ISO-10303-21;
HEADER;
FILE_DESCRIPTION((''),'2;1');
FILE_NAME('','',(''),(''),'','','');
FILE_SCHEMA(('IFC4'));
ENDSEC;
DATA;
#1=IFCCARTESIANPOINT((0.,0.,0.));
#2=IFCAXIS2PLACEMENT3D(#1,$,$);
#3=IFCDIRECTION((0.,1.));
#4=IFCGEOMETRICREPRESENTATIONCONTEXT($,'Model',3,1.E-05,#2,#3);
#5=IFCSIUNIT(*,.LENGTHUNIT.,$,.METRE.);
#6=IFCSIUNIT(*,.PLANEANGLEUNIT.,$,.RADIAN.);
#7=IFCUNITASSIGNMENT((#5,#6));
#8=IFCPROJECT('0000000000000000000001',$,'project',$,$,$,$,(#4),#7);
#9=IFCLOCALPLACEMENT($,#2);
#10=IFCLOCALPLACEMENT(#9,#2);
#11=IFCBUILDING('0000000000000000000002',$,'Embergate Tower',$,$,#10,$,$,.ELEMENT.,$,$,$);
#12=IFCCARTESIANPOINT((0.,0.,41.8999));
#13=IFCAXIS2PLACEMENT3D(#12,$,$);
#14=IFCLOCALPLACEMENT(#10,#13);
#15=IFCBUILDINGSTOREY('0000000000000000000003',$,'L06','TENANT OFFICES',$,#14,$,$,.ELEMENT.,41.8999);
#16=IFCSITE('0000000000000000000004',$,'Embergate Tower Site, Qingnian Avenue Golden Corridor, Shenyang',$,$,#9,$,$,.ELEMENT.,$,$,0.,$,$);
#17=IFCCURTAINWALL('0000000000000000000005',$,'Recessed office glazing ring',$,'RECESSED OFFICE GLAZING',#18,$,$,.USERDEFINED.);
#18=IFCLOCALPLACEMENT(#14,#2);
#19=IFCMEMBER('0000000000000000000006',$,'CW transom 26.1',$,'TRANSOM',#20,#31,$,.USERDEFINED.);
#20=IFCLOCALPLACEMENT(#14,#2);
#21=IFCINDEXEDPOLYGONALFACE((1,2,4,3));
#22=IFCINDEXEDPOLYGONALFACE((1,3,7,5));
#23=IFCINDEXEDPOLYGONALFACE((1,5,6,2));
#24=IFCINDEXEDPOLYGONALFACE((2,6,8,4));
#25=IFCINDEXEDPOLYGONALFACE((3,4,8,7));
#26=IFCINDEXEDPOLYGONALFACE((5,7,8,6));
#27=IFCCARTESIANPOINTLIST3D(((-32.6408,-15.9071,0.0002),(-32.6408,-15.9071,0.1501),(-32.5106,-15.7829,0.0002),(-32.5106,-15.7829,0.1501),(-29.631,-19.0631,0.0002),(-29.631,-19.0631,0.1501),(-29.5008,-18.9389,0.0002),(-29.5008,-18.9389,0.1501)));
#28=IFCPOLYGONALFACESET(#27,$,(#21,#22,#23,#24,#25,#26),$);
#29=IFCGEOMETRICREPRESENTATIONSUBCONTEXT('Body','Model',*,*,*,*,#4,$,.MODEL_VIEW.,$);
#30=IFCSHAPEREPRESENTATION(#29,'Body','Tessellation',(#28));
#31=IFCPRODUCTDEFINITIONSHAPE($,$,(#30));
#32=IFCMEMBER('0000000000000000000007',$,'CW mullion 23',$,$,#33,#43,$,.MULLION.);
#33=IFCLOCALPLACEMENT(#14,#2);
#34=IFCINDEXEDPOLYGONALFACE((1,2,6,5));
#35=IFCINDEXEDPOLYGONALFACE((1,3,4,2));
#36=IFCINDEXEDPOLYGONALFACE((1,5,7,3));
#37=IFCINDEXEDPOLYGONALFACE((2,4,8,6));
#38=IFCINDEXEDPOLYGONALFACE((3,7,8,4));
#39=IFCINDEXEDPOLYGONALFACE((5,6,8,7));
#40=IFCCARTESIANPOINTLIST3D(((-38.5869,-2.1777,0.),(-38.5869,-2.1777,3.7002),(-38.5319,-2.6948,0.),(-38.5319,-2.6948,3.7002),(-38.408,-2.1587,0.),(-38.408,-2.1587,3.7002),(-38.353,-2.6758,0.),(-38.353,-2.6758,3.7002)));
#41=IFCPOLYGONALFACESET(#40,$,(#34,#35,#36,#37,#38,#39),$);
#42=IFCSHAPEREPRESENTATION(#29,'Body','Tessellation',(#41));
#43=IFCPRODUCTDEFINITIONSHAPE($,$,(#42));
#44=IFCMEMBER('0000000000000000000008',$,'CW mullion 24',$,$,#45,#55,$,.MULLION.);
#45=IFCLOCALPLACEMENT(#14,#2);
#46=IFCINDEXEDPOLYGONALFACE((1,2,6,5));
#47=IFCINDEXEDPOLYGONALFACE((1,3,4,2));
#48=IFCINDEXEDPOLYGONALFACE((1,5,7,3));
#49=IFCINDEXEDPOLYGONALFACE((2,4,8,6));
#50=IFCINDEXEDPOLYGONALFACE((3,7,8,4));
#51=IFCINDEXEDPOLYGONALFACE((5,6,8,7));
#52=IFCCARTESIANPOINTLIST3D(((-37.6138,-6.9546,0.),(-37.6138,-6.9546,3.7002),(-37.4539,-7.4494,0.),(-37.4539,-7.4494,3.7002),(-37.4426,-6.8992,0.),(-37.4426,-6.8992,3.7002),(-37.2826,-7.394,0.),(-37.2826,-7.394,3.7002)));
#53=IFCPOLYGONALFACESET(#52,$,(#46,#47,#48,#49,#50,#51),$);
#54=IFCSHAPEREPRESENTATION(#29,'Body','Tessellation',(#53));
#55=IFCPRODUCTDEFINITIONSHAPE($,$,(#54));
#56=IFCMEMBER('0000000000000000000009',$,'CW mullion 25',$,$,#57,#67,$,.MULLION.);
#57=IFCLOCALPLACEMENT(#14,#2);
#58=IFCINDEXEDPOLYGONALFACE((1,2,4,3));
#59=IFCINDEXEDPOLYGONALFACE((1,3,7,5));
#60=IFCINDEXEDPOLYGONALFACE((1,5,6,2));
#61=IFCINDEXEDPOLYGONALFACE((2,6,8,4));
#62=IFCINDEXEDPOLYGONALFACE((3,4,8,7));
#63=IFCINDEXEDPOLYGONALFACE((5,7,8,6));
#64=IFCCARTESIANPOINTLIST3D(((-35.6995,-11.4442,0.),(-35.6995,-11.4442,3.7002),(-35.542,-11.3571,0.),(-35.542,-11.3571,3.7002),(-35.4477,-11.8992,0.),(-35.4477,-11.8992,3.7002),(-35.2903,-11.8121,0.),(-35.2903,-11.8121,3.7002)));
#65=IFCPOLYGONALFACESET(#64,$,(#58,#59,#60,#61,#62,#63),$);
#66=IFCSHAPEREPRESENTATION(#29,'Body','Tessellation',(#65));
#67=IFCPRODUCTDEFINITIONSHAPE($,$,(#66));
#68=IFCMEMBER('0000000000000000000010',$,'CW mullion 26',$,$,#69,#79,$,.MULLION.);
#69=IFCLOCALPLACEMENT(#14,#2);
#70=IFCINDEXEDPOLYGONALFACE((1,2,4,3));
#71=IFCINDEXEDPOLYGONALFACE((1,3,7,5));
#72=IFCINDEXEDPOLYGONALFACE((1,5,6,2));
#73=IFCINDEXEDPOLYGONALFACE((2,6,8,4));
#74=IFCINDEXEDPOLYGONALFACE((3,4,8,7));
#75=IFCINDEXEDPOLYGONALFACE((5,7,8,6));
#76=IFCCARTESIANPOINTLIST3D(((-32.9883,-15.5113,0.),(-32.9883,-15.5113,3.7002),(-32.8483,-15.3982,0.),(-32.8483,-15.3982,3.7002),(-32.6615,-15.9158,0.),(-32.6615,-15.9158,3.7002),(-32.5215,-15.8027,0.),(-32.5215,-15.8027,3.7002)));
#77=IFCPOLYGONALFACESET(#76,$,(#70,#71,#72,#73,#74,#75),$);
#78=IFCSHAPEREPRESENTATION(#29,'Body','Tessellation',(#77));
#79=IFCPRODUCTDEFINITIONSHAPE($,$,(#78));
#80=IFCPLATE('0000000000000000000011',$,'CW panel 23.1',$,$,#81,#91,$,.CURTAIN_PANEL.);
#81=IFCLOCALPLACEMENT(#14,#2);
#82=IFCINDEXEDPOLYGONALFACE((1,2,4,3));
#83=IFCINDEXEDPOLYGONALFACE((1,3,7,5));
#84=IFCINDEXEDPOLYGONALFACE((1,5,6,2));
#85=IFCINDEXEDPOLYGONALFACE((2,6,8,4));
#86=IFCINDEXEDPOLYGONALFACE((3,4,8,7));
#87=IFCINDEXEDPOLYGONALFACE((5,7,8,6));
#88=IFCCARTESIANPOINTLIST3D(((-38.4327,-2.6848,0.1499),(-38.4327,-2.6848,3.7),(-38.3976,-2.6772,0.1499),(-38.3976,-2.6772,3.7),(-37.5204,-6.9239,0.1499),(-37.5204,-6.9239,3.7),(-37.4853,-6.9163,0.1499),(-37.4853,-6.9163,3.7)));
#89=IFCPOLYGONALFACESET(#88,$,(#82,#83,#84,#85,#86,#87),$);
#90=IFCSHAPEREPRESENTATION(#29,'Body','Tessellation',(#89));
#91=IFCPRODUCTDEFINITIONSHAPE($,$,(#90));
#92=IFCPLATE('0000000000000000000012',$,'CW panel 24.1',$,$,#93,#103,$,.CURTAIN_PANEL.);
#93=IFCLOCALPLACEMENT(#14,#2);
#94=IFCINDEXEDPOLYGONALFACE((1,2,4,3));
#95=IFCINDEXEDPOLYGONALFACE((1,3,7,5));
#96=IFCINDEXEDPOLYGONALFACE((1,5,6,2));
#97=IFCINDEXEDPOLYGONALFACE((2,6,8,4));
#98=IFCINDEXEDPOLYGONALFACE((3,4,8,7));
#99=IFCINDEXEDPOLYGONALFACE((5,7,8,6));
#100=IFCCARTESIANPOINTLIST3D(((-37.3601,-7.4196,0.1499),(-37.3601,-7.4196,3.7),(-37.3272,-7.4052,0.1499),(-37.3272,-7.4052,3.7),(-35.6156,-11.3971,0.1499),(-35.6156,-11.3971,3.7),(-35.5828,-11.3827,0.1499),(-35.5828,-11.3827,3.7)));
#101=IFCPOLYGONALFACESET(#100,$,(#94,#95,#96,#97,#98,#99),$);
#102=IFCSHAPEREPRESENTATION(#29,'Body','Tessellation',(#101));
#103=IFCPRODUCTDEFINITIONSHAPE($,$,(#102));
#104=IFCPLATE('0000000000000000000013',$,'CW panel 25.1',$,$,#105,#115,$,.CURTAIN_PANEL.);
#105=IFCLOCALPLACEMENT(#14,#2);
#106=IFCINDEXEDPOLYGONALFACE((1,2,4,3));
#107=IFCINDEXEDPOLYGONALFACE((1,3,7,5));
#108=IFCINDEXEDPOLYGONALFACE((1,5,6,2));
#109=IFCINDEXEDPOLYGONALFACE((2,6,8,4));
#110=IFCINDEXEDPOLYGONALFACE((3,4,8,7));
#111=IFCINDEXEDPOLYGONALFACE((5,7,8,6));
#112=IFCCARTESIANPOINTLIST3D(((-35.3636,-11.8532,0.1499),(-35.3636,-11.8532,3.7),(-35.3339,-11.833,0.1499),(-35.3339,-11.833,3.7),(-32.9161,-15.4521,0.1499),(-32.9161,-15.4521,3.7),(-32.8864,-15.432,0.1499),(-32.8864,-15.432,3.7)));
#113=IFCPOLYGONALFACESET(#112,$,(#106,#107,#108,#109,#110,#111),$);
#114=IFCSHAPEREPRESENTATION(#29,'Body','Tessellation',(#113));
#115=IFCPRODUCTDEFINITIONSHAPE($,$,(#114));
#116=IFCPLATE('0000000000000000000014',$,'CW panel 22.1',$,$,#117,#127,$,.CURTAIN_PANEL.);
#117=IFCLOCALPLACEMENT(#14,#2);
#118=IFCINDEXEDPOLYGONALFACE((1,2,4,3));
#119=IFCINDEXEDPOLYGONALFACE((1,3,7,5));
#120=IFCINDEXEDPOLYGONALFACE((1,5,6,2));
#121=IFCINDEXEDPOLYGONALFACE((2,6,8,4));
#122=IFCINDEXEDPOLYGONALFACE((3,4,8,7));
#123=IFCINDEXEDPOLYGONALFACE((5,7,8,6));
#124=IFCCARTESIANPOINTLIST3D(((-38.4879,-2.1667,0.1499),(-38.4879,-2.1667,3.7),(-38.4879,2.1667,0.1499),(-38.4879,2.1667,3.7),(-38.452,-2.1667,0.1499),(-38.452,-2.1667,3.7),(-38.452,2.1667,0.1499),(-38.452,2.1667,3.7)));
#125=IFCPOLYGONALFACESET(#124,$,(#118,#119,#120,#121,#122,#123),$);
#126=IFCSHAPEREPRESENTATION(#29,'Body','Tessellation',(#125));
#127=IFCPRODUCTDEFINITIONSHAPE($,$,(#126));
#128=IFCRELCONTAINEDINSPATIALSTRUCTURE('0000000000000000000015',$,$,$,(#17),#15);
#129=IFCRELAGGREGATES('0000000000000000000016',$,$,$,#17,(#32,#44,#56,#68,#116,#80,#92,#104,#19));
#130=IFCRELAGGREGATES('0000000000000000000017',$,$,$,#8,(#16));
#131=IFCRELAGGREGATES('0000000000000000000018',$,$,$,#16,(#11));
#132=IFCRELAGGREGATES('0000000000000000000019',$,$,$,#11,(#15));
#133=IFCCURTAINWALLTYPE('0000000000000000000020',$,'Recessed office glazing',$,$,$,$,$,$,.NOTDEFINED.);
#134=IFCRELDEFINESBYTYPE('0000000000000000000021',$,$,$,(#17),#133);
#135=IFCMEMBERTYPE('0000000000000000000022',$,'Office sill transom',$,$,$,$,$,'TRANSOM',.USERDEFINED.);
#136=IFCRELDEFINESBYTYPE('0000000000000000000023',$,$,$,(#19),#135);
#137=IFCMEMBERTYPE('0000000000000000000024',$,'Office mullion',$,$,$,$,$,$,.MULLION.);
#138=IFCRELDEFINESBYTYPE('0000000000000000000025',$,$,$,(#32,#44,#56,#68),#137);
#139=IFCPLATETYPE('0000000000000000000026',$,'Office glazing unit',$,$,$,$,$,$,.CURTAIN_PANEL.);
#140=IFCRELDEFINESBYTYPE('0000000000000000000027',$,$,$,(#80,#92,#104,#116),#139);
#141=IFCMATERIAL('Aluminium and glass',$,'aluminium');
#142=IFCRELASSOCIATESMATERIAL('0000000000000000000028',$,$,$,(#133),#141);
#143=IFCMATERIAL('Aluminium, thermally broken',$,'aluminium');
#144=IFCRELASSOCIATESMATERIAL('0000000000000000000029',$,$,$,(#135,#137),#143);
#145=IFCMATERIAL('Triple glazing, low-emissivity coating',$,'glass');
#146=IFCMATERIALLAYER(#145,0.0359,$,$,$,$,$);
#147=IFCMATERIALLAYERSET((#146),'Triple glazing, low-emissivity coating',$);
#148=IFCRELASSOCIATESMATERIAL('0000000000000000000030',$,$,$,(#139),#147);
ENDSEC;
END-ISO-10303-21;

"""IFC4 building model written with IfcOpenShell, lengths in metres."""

from ifc_helpers import new_model, si_unit, direction, frame, origin, origin_2d, place, context, subcontext, project, spatial, rectangle, extrude, source, transform, mapped, material, layer, layer_set, material_profile, profile_set, type_object, element, aggregate, save


model = new_model("IFC4")

# Units and contexts
model_context = context("Model", 3, precision=1e-05, world=origin(), true_north=direction((0.0, 1.0)))
body_context = subcontext(model_context, "Body", "Model", "MODEL_VIEW")
ifc_project = project(units=[si_unit("LENGTHUNIT", "METRE"), si_unit("PLANEANGLEUNIT", "RADIAN")], contexts=[model_context])

# Site, building, storey
site_placement = place(None, origin())
site = spatial("IfcSite", under=ifc_project, at=site_placement, Name="Embergate Tower Site, Qingnian Avenue Golden Corridor, Shenyang", CompositionType="ELEMENT", RefElevation=0.0)
building_placement = place(site_placement, origin())
building = spatial("IfcBuilding", under=site, at=building_placement, Name="Embergate Tower", CompositionType="ELEMENT")
storey_placement = place(building_placement, frame((0.0, 0.0, 41.8999)))
storey = spatial("IfcBuildingStorey", under=building, at=storey_placement, Name="L06", Description="TENANT OFFICES", CompositionType="ELEMENT", Elevation=41.8999)

# Curtain wall, members, plates
ifc_material_1 = material(Name="Aluminium and glass", Category="aluminium")
curtain_wall_type = type_object("IfcCurtainWallType", Name="Recessed office glazing", PredefinedType="NOTDEFINED", material=ifc_material_1)
curtain_wall_placement = place(storey_placement, origin())
curtain_wall = element("IfcCurtainWall", 1, at=curtain_wall_placement, inside=storey, type_object=curtain_wall_type, Name="Recessed office glazing ring", ObjectType="RECESSED OFFICE GLAZING", PredefinedType="USERDEFINED")
ifc_material_2 = material(Name="Aluminium, thermally broken", Category="aluminium")
ifc_material_profile_1 = material_profile(ifc_material_2, rectangle(XDim=0.1799, YDim=0.1499, at=origin_2d()), Name="AL 150x180")
ifc_profile_set_1 = profile_set([ifc_material_profile_1], Name="Aluminium, thermally broken")
member_type_1 = type_object("IfcMemberType", Name="Office sill transom", ElementType="TRANSOM", PredefinedType="USERDEFINED", material=ifc_profile_set_1)
shared_shape_1 = source(origin(), body_context, "Body", "SweptSolid", [
    extrude(rectangle(XDim=0.1799, YDim=0.1499, at=origin_2d()), origin(), (0.0, 0.0, 1.0), 4.3611),
])
member_1_placement = place(storey_placement, frame((-32.5757, -15.845, 0.0752), z_axis=(0.690141, -0.723674, 0.0), x_axis=(0.723674, 0.690141, 0.0)))
member_1 = element("IfcMember", 2, at=member_1_placement, type_object=member_type_1, Name="CW transom 26.1", ObjectType="TRANSOM", PredefinedType="USERDEFINED", context=body_context, shape_type="MappedRepresentation", body=[
    mapped(shared_shape_1, transform((0.0, 0.0, 0.0))),
])
ifc_material_profile_2 = material_profile(ifc_material_2, rectangle(XDim=0.1799, YDim=0.52, at=origin_2d()), Name="AL 520x180")
ifc_profile_set_2 = profile_set([ifc_material_profile_2], Name="Aluminium, thermally broken")
member_type_2 = type_object("IfcMemberType", Name="Office mullion", PredefinedType="MULLION", material=ifc_profile_set_2)
shared_shape_2 = source(origin(), body_context, "Body", "SweptSolid", [
    extrude(rectangle(XDim=0.1799, YDim=0.52, at=origin_2d()), origin(), (0.0, 0.0, 1.0), 3.7002),
])
member_2_placement = place(storey_placement, frame((-38.47, -2.4268, 0.0), z_axis=(0.0, 0.0, 1.0), x_axis=(0.994385, 0.105823, 0.0)))
member_2 = element("IfcMember", 3, at=member_2_placement, type_object=member_type_2, Name="CW mullion 23", PredefinedType="MULLION", context=body_context, shape_type="MappedRepresentation", body=[
    mapped(shared_shape_2, transform((0.0, 0.0, 0.0))),
])
member_3_placement = place(storey_placement, frame((-37.4482, -7.1743, 0.0), z_axis=(0.0, 0.0, 1.0), x_axis=(0.951499, 0.307652, 0.0)))
member_3 = element("IfcMember", 4, at=member_3_placement, type_object=member_type_2, Name="CW mullion 24", PredefinedType="MULLION", context=body_context, shape_type="MappedRepresentation", body=[
    mapped(shared_shape_2, transform((0.0, 0.0, 0.0))),
])
member_4_placement = place(storey_placement, frame((-35.4949, -11.6282, 0.0), z_axis=(0.0, 0.0, 1.0), x_axis=(0.875003, 0.484118, 0.0)))
member_4 = element("IfcMember", 5, at=member_4_placement, type_object=member_type_2, Name="CW mullion 25", PredefinedType="MULLION", context=body_context, shape_type="MappedRepresentation", body=[
    mapped(shared_shape_2, transform((0.0, 0.0, 0.0))),
])
member_5_placement = place(storey_placement, frame((-32.7549, -15.657, 0.0), z_axis=(0.0, 0.0, 1.0), x_axis=(0.777874, 0.628421, 0.0)))
member_5 = element("IfcMember", 6, at=member_5_placement, type_object=member_type_2, Name="CW mullion 26", PredefinedType="MULLION", context=body_context, shape_type="MappedRepresentation", body=[
    mapped(shared_shape_2, transform((0.0, 0.0, 0.0))),
])
ifc_material_3 = material(Name="Triple glazing, low-emissivity coating", Category="glass")
ifc_layer_1 = layer(ifc_material_3, 0.0359)
ifc_layer_set_1 = layer_set([ifc_layer_1], Name="Triple glazing, low-emissivity coating")
plate_type = type_object("IfcPlateType", Name="Office glazing unit", PredefinedType="CURTAIN_PANEL", material=ifc_layer_set_1)
shared_shape_3 = source(origin(), body_context, "Body", "SweptSolid", [
    extrude(rectangle(XDim=4.3362, YDim=0.0359, at=origin_2d()), origin(), (0.0, 0.0, 1.0), 3.55),
])
plate_1_placement = place(storey_placement, frame((-37.959, -4.8005, 0.1499), z_axis=(0.0, 0.0, 1.0), x_axis=(0.210398, -0.977616, 0.0)))
plate_1 = element("IfcPlate", 7, at=plate_1_placement, type_object=plate_type, Name="CW panel 23.1", PredefinedType="CURTAIN_PANEL", context=body_context, shape_type="MappedRepresentation", body=[
    mapped(shared_shape_3, transform((0.0, 0.0, 0.0))),
])
shared_shape_4 = source(origin(), body_context, "Body", "SweptSolid", [
    extrude(rectangle(XDim=4.3433, YDim=0.0359, at=origin_2d()), origin(), (0.0, 0.0, 1.0), 3.55),
])
plate_2_placement = place(storey_placement, frame((-36.4714, -9.4011, 0.1499), z_axis=(0.0, 0.0, 1.0), x_axis=(0.401654, -0.915792, 0.0)))
plate_2 = element("IfcPlate", 8, at=plate_2_placement, type_object=plate_type, Name="CW panel 24.1", PredefinedType="CURTAIN_PANEL", context=body_context, shape_type="MappedRepresentation", body=[
    mapped(shared_shape_4, transform((0.0, 0.0, 0.0))),
])
shared_shape_5 = source(origin(), body_context, "Body", "SweptSolid", [
    extrude(rectangle(XDim=4.3523, YDim=0.0359, at=origin_2d()), origin(), (0.0, 0.0, 1.0), 3.55),
])
plate_3_placement = place(storey_placement, frame((-34.125, -13.6426, 0.1499), z_axis=(0.0, 0.0, 1.0), x_axis=(0.562345, -0.826903, 0.0)))
plate_3 = element("IfcPlate", 9, at=plate_3_placement, type_object=plate_type, Name="CW panel 25.1", PredefinedType="CURTAIN_PANEL", context=body_context, shape_type="MappedRepresentation", body=[
    mapped(shared_shape_5, transform((0.0, 0.0, 0.0))),
])
shared_shape_6 = source(origin(), body_context, "Body", "SweptSolid", [
    extrude(rectangle(XDim=4.3335, YDim=0.0359, at=origin_2d()), origin(), (0.0, 0.0, 1.0), 3.55),
])
plate_4_placement = place(storey_placement, frame((-38.47, 0.0, 0.1499), z_axis=(0.0, 0.0, 1.0), x_axis=(0.0, -1.0, 0.0)))
plate_4 = element("IfcPlate", 10, at=plate_4_placement, type_object=plate_type, Name="CW panel 22.1", PredefinedType="CURTAIN_PANEL", context=body_context, shape_type="MappedRepresentation", body=[
    mapped(shared_shape_6, transform((0.0, 0.0, 0.0))),
])
aggregate(curtain_wall, [member_2, member_3, member_4, member_5, plate_4, plate_1, plate_2, plate_3, member_1])

save(model, "model.ifc")
